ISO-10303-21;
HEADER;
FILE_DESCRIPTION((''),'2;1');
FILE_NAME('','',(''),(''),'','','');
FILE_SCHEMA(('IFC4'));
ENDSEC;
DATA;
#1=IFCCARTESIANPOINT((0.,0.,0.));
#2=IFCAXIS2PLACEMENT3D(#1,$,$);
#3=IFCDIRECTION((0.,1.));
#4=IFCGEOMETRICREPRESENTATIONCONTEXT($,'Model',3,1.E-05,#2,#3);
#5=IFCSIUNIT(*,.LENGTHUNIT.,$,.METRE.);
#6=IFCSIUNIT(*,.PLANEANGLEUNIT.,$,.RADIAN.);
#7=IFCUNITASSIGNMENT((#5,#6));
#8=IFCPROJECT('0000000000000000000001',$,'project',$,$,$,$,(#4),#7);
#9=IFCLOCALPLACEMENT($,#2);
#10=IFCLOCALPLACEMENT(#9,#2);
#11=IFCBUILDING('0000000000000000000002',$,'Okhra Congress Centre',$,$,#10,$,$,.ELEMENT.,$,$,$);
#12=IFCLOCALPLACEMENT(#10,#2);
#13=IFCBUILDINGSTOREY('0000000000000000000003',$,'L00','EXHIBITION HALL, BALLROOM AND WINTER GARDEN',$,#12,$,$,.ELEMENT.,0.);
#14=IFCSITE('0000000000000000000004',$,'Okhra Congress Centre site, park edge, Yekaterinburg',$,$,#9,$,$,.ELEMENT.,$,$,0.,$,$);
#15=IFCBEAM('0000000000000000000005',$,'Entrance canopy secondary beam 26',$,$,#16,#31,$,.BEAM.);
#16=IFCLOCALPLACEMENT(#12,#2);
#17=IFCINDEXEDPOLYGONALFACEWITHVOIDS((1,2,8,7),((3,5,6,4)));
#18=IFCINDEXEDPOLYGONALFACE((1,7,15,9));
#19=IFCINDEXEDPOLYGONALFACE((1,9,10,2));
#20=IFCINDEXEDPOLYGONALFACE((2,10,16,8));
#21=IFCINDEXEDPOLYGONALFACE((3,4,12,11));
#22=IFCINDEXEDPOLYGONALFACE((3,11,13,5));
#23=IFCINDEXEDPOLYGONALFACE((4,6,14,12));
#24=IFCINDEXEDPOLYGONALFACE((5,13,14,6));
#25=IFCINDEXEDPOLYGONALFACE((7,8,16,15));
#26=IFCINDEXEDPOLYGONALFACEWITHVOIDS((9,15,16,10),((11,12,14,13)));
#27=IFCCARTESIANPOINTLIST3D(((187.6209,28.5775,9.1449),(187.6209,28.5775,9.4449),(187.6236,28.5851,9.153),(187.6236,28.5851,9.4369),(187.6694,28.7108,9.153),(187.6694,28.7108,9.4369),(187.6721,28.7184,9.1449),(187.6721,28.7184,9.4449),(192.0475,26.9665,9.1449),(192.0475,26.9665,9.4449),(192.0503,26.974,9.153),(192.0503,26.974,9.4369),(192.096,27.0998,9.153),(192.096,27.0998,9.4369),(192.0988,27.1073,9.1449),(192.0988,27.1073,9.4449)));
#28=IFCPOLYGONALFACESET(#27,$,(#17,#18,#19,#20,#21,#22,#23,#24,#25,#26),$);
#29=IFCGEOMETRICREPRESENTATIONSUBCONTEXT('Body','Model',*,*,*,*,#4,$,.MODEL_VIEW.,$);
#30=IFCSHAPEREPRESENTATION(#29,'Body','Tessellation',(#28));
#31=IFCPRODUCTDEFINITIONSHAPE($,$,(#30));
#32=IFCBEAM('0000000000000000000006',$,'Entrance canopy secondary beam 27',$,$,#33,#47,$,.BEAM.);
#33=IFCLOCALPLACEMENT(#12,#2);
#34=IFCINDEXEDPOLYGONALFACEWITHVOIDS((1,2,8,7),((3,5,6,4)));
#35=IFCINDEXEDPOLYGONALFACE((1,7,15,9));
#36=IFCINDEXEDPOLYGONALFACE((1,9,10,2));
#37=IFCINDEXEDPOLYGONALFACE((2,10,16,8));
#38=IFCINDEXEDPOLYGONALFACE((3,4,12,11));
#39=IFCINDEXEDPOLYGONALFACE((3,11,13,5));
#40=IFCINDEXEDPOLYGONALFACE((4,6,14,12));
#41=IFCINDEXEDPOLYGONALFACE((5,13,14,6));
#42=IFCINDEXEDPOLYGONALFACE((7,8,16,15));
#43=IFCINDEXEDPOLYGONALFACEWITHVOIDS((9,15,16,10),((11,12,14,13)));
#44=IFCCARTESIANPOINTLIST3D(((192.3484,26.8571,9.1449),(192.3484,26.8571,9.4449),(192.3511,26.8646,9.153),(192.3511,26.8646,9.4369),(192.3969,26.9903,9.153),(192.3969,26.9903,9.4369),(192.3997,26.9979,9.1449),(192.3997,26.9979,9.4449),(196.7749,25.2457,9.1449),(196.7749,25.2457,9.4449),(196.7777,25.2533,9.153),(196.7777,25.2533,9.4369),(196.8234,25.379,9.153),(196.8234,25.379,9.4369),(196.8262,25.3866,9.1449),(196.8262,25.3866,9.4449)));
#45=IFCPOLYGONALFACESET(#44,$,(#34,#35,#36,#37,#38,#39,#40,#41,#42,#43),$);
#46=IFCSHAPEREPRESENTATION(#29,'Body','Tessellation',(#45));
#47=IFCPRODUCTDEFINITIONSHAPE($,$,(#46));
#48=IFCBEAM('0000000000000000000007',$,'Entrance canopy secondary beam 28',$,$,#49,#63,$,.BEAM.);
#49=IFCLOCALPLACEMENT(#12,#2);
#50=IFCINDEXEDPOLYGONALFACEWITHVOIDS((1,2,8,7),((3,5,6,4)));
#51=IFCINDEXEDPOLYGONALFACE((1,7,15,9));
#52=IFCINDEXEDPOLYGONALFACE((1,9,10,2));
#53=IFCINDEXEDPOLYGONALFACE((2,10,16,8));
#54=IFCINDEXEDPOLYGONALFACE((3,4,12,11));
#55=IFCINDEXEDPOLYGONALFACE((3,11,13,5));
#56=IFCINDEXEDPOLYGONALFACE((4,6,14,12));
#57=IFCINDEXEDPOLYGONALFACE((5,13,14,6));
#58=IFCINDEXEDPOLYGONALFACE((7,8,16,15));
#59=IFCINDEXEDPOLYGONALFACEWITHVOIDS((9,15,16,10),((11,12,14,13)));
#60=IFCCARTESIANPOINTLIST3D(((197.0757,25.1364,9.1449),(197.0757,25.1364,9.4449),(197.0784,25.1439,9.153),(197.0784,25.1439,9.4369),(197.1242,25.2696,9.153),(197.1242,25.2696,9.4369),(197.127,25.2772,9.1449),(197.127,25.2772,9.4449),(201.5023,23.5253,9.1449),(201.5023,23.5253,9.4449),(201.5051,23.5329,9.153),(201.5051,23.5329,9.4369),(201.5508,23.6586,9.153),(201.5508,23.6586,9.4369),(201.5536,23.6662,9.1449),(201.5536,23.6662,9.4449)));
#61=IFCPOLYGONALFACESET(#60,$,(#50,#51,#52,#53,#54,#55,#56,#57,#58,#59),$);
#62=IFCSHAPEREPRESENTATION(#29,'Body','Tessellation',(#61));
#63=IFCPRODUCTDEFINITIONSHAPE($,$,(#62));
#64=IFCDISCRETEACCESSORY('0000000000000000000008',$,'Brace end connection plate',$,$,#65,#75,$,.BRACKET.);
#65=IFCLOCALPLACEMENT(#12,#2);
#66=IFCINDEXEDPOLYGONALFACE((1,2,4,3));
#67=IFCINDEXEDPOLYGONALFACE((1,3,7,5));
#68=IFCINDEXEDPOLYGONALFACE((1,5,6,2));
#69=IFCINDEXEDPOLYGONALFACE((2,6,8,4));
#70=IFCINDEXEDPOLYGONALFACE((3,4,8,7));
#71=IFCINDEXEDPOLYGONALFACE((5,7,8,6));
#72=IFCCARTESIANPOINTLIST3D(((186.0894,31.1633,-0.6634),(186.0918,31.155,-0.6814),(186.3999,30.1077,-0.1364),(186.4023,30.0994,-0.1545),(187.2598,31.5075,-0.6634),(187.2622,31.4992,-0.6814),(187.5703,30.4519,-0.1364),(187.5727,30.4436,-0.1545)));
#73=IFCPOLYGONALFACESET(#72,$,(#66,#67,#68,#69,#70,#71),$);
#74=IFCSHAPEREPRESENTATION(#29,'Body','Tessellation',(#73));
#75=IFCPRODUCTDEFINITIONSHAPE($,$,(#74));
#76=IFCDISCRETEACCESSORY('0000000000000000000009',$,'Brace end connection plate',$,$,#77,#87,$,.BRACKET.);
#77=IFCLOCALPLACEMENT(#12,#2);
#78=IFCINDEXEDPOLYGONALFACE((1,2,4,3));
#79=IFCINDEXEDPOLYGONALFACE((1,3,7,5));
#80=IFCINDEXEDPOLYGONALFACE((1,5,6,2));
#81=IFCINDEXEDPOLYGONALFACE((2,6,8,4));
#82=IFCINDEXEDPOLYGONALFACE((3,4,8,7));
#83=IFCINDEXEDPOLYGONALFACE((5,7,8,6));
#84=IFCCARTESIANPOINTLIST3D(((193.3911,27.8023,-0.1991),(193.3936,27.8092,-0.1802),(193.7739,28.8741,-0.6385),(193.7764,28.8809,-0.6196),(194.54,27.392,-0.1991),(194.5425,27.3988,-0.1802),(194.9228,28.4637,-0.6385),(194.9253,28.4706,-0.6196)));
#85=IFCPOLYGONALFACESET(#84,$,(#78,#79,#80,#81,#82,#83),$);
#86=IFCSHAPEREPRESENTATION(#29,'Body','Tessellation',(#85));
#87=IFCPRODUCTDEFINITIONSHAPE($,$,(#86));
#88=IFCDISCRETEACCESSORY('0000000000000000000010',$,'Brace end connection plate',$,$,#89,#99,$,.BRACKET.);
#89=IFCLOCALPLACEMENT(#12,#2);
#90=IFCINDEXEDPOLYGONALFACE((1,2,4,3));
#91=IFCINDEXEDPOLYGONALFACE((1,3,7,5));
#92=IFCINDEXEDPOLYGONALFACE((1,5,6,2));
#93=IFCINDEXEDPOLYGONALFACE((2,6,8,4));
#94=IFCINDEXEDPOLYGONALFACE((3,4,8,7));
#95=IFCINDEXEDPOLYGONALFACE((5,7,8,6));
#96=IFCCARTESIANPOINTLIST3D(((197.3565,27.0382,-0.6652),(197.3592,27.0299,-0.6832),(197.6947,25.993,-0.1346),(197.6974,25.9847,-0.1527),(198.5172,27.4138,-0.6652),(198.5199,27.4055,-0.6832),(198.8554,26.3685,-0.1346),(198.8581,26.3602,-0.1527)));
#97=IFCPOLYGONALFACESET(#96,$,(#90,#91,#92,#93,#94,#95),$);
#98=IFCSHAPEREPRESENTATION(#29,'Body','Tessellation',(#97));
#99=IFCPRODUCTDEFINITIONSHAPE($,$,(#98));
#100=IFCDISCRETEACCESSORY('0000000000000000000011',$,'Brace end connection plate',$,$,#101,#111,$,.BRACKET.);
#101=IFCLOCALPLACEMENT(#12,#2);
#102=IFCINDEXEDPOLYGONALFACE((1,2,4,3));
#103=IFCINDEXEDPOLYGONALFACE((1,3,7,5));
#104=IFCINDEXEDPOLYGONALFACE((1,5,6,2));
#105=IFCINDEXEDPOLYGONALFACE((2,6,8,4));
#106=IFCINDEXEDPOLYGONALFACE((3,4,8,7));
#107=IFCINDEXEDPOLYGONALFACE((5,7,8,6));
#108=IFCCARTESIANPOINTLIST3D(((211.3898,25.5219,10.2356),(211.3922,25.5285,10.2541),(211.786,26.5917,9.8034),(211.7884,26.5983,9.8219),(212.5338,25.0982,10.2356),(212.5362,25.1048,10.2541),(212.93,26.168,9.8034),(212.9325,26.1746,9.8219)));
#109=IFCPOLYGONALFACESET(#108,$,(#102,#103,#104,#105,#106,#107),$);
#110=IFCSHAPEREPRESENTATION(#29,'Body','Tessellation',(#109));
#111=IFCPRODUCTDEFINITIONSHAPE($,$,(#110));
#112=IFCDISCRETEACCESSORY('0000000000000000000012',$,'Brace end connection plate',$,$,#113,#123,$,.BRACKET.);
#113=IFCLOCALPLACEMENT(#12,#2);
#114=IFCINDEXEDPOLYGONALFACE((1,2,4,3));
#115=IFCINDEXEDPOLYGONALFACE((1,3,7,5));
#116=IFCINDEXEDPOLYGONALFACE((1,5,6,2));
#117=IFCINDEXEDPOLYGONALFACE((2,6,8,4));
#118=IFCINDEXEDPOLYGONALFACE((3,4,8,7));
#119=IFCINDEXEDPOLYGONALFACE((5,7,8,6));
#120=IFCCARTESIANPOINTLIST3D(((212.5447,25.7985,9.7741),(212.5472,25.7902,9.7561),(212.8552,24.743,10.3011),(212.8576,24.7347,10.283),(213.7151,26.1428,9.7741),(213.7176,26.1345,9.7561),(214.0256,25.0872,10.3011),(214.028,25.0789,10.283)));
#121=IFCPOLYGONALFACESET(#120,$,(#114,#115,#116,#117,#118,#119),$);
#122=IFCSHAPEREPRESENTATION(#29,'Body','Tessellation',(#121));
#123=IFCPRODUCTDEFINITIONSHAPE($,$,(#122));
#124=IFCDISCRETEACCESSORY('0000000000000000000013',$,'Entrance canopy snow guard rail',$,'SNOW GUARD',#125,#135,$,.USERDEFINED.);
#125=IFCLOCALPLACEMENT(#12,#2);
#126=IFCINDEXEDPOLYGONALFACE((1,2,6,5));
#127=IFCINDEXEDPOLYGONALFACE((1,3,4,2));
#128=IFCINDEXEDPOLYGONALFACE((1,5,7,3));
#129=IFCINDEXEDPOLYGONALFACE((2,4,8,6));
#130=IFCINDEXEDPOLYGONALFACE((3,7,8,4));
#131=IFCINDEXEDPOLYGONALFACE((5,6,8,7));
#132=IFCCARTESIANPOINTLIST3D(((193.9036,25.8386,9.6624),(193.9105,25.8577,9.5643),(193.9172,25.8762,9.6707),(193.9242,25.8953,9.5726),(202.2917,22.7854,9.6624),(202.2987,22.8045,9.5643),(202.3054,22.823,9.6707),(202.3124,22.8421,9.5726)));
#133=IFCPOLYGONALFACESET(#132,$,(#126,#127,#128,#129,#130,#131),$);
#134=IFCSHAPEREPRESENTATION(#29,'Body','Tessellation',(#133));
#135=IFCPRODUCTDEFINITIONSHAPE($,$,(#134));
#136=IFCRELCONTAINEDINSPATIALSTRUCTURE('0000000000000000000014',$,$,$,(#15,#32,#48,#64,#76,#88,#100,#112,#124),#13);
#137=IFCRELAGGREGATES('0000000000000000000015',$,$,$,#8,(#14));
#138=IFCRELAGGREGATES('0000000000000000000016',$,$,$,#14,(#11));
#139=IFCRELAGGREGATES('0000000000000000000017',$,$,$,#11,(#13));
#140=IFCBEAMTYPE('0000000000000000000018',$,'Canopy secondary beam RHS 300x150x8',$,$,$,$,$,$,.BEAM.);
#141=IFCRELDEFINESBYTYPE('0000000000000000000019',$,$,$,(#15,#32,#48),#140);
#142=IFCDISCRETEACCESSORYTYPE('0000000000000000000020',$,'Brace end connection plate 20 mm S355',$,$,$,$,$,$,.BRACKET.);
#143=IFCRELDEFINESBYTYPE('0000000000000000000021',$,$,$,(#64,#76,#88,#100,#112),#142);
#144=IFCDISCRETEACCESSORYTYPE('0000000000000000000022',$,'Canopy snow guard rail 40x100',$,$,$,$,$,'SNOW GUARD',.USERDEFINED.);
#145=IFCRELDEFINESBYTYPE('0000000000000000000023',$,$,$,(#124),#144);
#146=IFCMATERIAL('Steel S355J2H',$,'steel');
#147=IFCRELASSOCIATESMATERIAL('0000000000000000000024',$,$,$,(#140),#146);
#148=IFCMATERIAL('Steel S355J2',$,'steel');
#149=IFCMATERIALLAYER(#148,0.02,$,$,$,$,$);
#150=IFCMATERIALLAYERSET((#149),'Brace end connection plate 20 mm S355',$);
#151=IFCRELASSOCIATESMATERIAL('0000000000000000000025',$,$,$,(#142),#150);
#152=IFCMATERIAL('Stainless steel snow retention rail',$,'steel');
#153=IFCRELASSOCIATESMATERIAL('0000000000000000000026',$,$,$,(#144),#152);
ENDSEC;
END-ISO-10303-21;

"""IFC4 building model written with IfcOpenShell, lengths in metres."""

from ifc_helpers import new_model, si_unit, direction, frame, origin, origin_2d, place, context, subcontext, project, spatial, polyline, rectangle, hollow_rectangle, outline, extrude, material, layer, layer_set, material_profile, profile_set, type_object, element, save


model = new_model("IFC4")

# Units and contexts
model_context = context("Model", 3, precision=1e-05, world=origin(), true_north=direction((0.0, 1.0)))
body_context = subcontext(model_context, "Body", "Model", "MODEL_VIEW")
ifc_project = project(units=[si_unit("LENGTHUNIT", "METRE"), si_unit("PLANEANGLEUNIT", "RADIAN")], contexts=[model_context])

# Site, building, storey
site_placement = place(None, origin())
site = spatial("IfcSite", under=ifc_project, at=site_placement, Name="Okhra Congress Centre site, park edge, Yekaterinburg", CompositionType="ELEMENT", RefElevation=0.0)
building_placement = place(site_placement, origin())
building = spatial("IfcBuilding", under=site, at=building_placement, Name="Okhra Congress Centre", CompositionType="ELEMENT")
storey_placement = place(building_placement, origin())
storey = spatial("IfcBuildingStorey", under=building, at=storey_placement, Name="L00", Description="EXHIBITION HALL, BALLROOM AND WINTER GARDEN", CompositionType="ELEMENT", Elevation=0.0)

# Shared definitions
ifc_material_1 = material(Name="Steel S355J2H", Category="steel")

# Beams
ifc_material_profile_1 = material_profile(ifc_material_1, hollow_rectangle(XDim=0.1499, YDim=0.3, WallThickness=0.0081, at=origin_2d()), Name="RHS 300x150x8")
ifc_profile_set_1 = profile_set([ifc_material_profile_1], Name="Steel S355J2H")
beam_type = type_object("IfcBeamType", Name="Canopy secondary beam RHS 300x150x8", PredefinedType="BEAM", material=ifc_profile_set_1)
for number, where, z_axis, x_axis, name in (
    (1, (187.6465, 28.6479, 9.2949), (0.939701, -0.341997, 0.0), (0.341997, 0.939701, 0.0), "Entrance canopy secondary beam 26"),
    (2, (192.374, 26.9275, 9.2949), (0.939678, -0.342059, 0.0), (0.342059, 0.939678, 0.0), "Entrance canopy secondary beam 27"),
    (3, (197.1013, 25.2068, 9.2949), (0.939701, -0.341997, 0.0), (0.341997, 0.939701, 0.0), "Entrance canopy secondary beam 28"),
):
    element("IfcBeam", number, at=place(storey_placement, frame(where, z_axis=z_axis, x_axis=x_axis)), inside=storey, type_object=beam_type, Name=name, PredefinedType="BEAM", context=body_context, shape_type="SweptSolid", body=[
        extrude(hollow_rectangle(XDim=0.1499, YDim=0.3, WallThickness=0.0081, at=origin_2d()), origin(), (0.0, 0.0, 1.0), 4.7107),
    ])

# Discrete accessories
ifc_material_2 = material(Name="Steel S355J2", Category="steel")
ifc_layer = layer(ifc_material_2, 0.02)
ifc_layer_set = layer_set([ifc_layer], Name="Brace end connection plate 20 mm S355")
discrete_accessory_type_1 = type_object("IfcDiscreteAccessoryType", Name="Brace end connection plate 20 mm S355", PredefinedType="BRACKET", material=ifc_layer_set)
discrete_accessory_1_placement = place(storey_placement, frame((186.8298, 30.8076, -0.3999), z_axis=(0.121879, -0.414388, -0.901903), x_axis=(0.959366, 0.282166, 0.0)))
element("IfcDiscreteAccessory", 4, at=discrete_accessory_1_placement, inside=storey, type_object=discrete_accessory_type_1, Name="Brace end connection plate", PredefinedType="BRACKET", context=body_context, shape_type="SweptSolid", body=[
    extrude(rectangle(XDim=1.22, YDim=1.22, at=origin_2d()), origin(), (0.0, 0.0, 1.0), 0.02),
])
discrete_accessory_2_placement = place(storey_placement, frame((194.1594, 28.1399, -0.3999), z_axis=(-0.121152, -0.339226, -0.932871), x_axis=(0.941742, -0.336336, 0.0)))
element("IfcDiscreteAccessory", 5, at=discrete_accessory_2_placement, inside=storey, type_object=discrete_accessory_type_1, Name="Brace end connection plate", PredefinedType="BRACKET", context=body_context, shape_type="SweptSolid", body=[
    extrude(rectangle(XDim=1.22, YDim=1.22, at=origin_2d()), origin(), (0.0, 0.0, 1.0), 0.0203),
])
discrete_accessory_3_placement = place(storey_placement, frame((198.106, 26.7034, -0.3999), z_axis=(0.133858, -0.413743, -0.900499), x_axis=(0.951445, 0.30782, 0.0)))
element("IfcDiscreteAccessory", 6, at=discrete_accessory_3_placement, inside=storey, type_object=discrete_accessory_type_1, Name="Brace end connection plate", PredefinedType="BRACKET", context=body_context, shape_type="SweptSolid", body=[
    extrude(rectangle(XDim=1.22, YDim=1.22, at=origin_2d()), origin(), (0.0, 0.0, 1.0), 0.02),
])
discrete_accessory_4_placement = place(storey_placement, frame((212.1599, 25.845, 10.0195), z_axis=(0.123045, 0.332221, 0.935141), x_axis=(-0.937749, 0.347314, 0.0)))
element("IfcDiscreteAccessory", 7, at=discrete_accessory_4_placement, inside=storey, type_object=discrete_accessory_type_1, Name="Brace end connection plate", PredefinedType="BRACKET", context=body_context, shape_type="SweptSolid", body=[
    extrude(rectangle(XDim=1.22, YDim=1.22, at=origin_2d()), origin(), (0.0, 0.0, 1.0), 0.0198),
])
discrete_accessory_5_placement = place(storey_placement, frame((213.2876, 25.4346, 10.0195), z_axis=(-0.121879, 0.414388, 0.901903), x_axis=(-0.959366, -0.282166, 0.0)))
element("IfcDiscreteAccessory", 8, at=discrete_accessory_5_placement, inside=storey, type_object=discrete_accessory_type_1, Name="Brace end connection plate", PredefinedType="BRACKET", context=body_context, shape_type="SweptSolid", body=[
    extrude(rectangle(XDim=1.22, YDim=1.22, at=origin_2d()), origin(), (0.0, 0.0, 1.0), 0.02),
])
ifc_material_3 = material(Name="Stainless steel snow retention rail", Category="steel")
discrete_accessory_type_2 = type_object("IfcDiscreteAccessoryType", Name="Canopy snow guard rail 40x100", ElementType="SNOW GUARD", PredefinedType="USERDEFINED", material=ifc_material_3)
discrete_accessory_6_placement = place(storey_placement, frame((193.9036, 25.8386, 9.6624), z_axis=(-0.069488, -0.190907, 0.979146), x_axis=(0.939686, -0.342037, 0.0)))
element("IfcDiscreteAccessory", 9, at=discrete_accessory_6_placement, inside=storey, type_object=discrete_accessory_type_2, Name="Entrance canopy snow guard rail", ObjectType="SNOW GUARD", PredefinedType="USERDEFINED", context=body_context, shape_type="SweptSolid", body=[
    extrude(outline(polyline([(0.0, 0.0), (8.9266, 0.0), (8.9266, 0.0409), (0.0, 0.0409), (0.0, 0.0)])), origin(), (0.0, 0.0, -1.0), 0.1001),
])

save(model, "model.ifc")
